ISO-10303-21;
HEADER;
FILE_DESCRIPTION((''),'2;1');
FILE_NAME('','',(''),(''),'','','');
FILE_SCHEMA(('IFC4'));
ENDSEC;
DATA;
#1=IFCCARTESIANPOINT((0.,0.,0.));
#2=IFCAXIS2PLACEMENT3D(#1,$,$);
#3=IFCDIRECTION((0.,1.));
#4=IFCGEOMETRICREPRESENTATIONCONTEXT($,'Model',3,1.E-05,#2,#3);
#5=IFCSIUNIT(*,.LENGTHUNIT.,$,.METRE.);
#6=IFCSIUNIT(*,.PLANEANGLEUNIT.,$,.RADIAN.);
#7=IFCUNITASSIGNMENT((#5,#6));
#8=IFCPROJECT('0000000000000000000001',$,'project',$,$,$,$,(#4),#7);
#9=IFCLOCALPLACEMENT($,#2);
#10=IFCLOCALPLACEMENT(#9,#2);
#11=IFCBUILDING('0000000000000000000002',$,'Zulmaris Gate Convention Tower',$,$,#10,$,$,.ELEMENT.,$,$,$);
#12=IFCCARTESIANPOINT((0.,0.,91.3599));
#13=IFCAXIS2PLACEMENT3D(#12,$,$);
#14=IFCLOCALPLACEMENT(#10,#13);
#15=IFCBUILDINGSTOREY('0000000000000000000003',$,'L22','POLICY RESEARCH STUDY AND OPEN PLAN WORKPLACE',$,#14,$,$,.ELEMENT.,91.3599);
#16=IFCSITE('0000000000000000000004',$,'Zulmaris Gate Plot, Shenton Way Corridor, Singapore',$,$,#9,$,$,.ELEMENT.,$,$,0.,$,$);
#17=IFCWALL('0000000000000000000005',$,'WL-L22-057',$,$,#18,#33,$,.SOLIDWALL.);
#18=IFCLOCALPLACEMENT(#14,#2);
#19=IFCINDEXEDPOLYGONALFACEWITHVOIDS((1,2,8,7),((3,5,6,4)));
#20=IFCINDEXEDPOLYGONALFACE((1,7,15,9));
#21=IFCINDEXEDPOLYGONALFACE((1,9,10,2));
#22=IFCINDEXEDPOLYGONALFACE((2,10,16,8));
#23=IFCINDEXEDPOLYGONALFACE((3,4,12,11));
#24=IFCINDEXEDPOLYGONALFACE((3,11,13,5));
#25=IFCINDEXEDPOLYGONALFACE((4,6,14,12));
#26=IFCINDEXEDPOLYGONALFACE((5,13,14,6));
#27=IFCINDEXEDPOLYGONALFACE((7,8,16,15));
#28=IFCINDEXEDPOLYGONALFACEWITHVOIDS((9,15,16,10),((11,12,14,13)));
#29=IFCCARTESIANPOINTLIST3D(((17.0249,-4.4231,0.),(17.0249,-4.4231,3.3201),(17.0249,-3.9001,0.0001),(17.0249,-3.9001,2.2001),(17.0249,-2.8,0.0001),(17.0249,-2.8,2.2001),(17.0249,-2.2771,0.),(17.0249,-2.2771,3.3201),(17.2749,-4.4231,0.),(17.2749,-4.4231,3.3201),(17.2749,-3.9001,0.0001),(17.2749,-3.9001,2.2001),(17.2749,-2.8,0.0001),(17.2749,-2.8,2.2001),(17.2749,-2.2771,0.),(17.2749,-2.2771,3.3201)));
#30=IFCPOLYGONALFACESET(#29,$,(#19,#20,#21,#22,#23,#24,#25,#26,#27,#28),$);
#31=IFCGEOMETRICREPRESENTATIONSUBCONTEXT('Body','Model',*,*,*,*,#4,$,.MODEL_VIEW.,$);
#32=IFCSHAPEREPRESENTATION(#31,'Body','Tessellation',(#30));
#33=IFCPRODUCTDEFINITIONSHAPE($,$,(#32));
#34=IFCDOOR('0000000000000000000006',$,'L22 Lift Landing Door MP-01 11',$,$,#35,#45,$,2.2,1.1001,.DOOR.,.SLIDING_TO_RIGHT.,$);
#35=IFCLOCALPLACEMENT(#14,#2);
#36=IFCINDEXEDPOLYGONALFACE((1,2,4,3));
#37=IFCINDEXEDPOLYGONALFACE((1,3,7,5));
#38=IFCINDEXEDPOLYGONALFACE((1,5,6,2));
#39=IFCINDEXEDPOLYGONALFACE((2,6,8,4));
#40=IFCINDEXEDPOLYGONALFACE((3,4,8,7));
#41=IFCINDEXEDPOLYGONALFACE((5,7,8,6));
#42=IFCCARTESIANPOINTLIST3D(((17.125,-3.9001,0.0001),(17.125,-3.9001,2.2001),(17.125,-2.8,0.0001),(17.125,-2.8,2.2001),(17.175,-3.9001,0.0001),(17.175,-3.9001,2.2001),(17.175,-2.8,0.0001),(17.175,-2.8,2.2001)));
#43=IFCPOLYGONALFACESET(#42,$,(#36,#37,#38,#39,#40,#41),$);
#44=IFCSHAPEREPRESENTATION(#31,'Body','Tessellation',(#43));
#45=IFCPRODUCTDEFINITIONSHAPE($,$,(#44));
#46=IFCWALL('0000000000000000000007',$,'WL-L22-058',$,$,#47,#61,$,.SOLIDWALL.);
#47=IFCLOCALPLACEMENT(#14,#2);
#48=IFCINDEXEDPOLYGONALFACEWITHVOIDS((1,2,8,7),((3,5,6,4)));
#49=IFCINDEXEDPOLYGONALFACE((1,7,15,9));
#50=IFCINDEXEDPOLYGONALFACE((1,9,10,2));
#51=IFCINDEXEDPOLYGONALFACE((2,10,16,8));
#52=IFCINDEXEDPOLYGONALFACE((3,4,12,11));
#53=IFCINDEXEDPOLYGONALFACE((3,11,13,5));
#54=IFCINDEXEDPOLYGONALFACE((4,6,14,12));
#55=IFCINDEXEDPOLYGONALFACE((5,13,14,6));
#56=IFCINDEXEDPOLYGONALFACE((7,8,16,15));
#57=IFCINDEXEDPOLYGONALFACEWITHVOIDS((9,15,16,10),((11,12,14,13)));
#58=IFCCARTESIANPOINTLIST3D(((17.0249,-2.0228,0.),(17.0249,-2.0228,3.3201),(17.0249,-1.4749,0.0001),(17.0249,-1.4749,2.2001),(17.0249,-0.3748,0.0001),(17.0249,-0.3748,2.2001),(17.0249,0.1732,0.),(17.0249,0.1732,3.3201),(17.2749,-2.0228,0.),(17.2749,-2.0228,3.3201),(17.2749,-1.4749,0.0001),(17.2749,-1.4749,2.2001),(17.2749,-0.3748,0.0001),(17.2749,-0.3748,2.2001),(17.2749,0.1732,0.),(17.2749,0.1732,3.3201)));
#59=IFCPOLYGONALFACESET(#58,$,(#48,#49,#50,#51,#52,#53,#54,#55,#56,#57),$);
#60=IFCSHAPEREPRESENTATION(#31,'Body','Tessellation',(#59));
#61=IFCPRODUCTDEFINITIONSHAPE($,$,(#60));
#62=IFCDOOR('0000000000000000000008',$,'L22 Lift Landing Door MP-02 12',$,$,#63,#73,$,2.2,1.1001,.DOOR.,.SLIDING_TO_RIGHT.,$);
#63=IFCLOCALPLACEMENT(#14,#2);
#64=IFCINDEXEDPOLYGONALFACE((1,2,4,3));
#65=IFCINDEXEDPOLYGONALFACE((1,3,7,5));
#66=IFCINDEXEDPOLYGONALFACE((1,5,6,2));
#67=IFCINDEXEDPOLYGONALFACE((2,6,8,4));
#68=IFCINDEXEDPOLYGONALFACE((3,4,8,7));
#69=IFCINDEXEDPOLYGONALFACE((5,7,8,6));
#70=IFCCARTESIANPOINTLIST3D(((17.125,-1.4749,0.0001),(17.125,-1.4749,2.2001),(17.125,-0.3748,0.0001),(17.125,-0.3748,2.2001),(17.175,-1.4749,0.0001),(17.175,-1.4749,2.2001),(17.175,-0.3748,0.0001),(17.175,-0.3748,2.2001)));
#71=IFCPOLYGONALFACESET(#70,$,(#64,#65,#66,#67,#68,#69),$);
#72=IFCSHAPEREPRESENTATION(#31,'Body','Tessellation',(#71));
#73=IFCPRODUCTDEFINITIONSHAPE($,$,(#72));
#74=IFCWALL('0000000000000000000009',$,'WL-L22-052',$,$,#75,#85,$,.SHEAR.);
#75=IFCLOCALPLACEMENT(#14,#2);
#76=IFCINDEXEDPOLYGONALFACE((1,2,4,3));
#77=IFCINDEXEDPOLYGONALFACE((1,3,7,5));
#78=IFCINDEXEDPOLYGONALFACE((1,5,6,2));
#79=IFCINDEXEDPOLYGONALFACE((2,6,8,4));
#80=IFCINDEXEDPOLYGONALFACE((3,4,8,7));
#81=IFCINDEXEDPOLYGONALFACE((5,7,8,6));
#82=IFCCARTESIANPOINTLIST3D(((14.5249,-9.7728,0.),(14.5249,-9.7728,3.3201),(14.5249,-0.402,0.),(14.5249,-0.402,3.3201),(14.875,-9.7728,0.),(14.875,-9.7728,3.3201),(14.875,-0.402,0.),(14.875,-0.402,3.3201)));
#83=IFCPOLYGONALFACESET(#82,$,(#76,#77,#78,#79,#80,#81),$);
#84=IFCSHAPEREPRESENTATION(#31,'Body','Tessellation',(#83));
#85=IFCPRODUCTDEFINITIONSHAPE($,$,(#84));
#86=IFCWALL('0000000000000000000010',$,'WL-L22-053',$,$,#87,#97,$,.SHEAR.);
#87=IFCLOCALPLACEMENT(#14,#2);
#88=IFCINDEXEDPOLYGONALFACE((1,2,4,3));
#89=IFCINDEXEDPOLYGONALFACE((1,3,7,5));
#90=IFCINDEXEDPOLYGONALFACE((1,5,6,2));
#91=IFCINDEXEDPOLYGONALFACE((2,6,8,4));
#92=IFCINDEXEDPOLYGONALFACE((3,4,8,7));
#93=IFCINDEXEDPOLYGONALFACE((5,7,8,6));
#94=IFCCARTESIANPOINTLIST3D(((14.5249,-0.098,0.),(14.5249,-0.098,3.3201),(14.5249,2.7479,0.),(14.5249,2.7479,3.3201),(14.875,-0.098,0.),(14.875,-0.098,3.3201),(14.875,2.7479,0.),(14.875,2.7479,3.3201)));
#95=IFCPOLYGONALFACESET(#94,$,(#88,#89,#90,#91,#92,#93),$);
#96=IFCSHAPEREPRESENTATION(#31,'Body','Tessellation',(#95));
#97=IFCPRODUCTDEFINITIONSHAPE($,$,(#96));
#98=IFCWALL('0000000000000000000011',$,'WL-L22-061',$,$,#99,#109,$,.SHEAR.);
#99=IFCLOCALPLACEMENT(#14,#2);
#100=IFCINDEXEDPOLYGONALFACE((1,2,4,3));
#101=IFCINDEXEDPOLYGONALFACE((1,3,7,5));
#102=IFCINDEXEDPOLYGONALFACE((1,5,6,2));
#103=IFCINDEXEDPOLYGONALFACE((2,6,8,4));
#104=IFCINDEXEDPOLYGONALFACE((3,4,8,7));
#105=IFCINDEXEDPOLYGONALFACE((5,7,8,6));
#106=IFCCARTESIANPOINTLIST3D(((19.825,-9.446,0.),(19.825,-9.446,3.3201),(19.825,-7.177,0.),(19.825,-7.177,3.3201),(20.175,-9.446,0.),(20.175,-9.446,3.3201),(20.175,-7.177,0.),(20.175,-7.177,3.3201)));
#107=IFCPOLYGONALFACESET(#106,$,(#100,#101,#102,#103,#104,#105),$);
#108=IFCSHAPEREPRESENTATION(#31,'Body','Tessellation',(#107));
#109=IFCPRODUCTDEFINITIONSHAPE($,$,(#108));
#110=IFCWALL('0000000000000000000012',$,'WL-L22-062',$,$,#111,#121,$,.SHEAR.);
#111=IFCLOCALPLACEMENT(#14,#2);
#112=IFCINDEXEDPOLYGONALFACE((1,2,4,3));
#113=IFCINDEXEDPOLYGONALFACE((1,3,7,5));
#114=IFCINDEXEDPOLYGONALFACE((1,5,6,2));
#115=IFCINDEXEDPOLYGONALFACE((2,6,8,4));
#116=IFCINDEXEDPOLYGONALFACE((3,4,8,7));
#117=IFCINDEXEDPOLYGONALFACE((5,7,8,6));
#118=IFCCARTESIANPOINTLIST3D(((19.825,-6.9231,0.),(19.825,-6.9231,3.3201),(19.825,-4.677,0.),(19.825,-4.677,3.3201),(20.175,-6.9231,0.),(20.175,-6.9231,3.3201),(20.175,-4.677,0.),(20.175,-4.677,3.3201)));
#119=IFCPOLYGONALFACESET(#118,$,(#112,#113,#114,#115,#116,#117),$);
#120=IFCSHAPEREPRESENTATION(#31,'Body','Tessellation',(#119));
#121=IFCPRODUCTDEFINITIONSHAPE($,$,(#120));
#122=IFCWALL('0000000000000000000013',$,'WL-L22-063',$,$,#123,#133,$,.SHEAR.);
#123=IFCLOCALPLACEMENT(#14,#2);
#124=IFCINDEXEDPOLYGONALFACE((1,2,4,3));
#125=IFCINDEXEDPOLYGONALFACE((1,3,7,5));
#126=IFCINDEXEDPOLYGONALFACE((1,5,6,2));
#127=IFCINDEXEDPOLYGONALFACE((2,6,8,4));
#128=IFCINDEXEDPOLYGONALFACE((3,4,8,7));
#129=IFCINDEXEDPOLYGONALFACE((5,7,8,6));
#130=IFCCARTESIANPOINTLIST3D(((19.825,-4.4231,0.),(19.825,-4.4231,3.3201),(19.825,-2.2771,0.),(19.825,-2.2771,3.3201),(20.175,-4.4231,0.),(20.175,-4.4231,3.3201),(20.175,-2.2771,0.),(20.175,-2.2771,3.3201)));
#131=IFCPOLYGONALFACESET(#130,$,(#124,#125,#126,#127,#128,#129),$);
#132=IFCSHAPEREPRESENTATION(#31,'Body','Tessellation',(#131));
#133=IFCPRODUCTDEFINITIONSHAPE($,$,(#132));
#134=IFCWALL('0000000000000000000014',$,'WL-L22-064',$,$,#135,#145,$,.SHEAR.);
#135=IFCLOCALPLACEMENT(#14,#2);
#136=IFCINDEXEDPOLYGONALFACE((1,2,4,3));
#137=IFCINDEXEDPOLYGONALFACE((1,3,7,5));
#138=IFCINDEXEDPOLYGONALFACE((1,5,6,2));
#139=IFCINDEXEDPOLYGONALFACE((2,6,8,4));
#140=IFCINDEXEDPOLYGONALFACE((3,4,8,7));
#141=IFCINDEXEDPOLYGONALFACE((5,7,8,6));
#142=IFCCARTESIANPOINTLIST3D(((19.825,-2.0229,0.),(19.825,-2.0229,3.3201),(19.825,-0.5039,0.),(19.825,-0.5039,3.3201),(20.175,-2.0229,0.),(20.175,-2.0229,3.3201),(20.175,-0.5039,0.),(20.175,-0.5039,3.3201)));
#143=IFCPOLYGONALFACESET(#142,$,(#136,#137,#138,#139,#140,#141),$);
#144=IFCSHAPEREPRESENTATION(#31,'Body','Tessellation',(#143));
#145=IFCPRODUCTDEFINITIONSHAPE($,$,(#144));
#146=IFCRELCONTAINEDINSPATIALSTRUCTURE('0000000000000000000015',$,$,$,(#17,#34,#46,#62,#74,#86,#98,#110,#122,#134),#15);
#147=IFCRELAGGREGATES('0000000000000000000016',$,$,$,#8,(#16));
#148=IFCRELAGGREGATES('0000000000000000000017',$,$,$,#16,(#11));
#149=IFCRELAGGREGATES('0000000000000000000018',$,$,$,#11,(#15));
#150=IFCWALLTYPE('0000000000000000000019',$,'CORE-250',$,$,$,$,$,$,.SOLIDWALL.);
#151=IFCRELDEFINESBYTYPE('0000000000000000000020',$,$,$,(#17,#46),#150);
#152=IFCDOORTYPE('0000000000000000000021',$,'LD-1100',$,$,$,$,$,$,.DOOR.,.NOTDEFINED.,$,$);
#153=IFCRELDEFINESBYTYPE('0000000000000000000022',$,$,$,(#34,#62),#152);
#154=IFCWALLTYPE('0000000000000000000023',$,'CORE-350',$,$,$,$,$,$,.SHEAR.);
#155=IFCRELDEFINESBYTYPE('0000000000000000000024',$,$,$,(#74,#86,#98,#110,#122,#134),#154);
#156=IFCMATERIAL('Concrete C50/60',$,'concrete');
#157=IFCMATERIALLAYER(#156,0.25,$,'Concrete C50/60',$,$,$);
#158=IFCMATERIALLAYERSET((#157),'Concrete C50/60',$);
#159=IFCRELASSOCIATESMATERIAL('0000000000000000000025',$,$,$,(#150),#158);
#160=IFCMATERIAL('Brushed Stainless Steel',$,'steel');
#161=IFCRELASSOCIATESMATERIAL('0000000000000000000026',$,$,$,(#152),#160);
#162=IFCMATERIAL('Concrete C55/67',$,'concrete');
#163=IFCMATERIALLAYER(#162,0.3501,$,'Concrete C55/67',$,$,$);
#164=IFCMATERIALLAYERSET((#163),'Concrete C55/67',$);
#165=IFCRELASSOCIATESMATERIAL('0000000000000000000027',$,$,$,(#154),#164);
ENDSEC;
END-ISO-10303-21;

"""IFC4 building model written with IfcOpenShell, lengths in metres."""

from ifc_helpers import new_model, si_unit, direction, frame, frame_2d, origin, place, context, subcontext, project, spatial, rectangle, extrude, material, layer, layer_set, type_object, element, fill, save


model = new_model("IFC4")

# Units and contexts
model_context = context("Model", 3, precision=1e-05, world=origin(), true_north=direction((0.0, 1.0)))
body_context = subcontext(model_context, "Body", "Model", "MODEL_VIEW")
ifc_project = project(units=[si_unit("LENGTHUNIT", "METRE"), si_unit("PLANEANGLEUNIT", "RADIAN")], contexts=[model_context])

# Site, building, storey
site_placement = place(None, origin())
site = spatial("IfcSite", under=ifc_project, at=site_placement, Name="Zulmaris Gate Plot, Shenton Way Corridor, Singapore", CompositionType="ELEMENT", RefElevation=0.0)
building_placement = place(site_placement, origin())
building = spatial("IfcBuilding", under=site, at=building_placement, Name="Zulmaris Gate Convention Tower", CompositionType="ELEMENT")
storey_placement = place(building_placement, frame((0.0, 0.0, 91.3599)))
storey = spatial("IfcBuildingStorey", under=building, at=storey_placement, Name="L22", Description="POLICY RESEARCH STUDY AND OPEN PLAN WORKPLACE", CompositionType="ELEMENT", Elevation=91.3599)

# Shared definitions
ifc_material_1 = material(Name="Concrete C50/60", Category="concrete")
ifc_layer_1 = layer(ifc_material_1, 0.25, Name="Concrete C50/60")
ifc_layer_set_1 = layer_set([ifc_layer_1], Name="Concrete C50/60")
wall_type_1 = type_object("IfcWallType", Name="CORE-250", PredefinedType="SOLIDWALL", material=ifc_layer_set_1)

# Walls, openings, doors
wall_1_placement = place(storey_placement, frame((17.1499, -4.4231, 0.0), z_axis=(0.0, 0.0, 1.0), x_axis=(0.0, 1.0, 0.0)))
wall_1 = element("IfcWall", 1, at=wall_1_placement, inside=storey, type_object=wall_type_1, Name="WL-L22-057", PredefinedType="SOLIDWALL", context=body_context, shape_type="SweptSolid", body=[
    extrude(rectangle(XDim=2.146, YDim=0.25, at=frame_2d((1.073, 0.0))), origin(), (0.0, 0.0, 1.0), 3.3201),
])
opening_1_placement = place(wall_1_placement, frame((0.5229, 0.0, 0.0)))
opening_1 = element("IfcOpeningElement", 2, at=opening_1_placement, cuts=wall_1, PredefinedType="OPENING", context=body_context, shape_type="SweptSolid", body=[
    extrude(rectangle(XDim=1.1001, YDim=2.2, at=frame_2d((0.55, 1.1001))), frame((0.0, 0.135, 0.0), z_axis=(0.0, -1.0, 0.0), x_axis=(1.0, 0.0, 0.0)), (0.0, 0.0, 1.0), 0.27),
])
ifc_material_2 = material(Name="Brushed Stainless Steel", Category="steel")
door_type = type_object("IfcDoorType", Name="LD-1100", OperationType="NOTDEFINED", PredefinedType="DOOR", material=ifc_material_2)
door_1_placement = place(opening_1_placement, origin())
door_1 = element("IfcDoor", 3, at=door_1_placement, inside=storey, type_object=door_type, Name="L22 Lift Landing Door MP-01 11", OperationType="SLIDING_TO_RIGHT", OverallHeight=2.2, OverallWidth=1.1001, PredefinedType="DOOR", context=body_context, shape_type="SweptSolid", body=[
    extrude(rectangle(XDim=1.1001, YDim=2.2, at=frame_2d((0.55, 1.1001))), frame((0.0, 0.0249, 0.0), z_axis=(0.0, -1.0, 0.0), x_axis=(1.0, 0.0, 0.0)), (0.0, 0.0, 1.0), 0.05),
])
fill(opening_1, door_1)
wall_2_placement = place(storey_placement, frame((17.1499, -2.0229, 0.0), z_axis=(0.0, 0.0, 1.0), x_axis=(0.0, 1.0, 0.0)))
wall_2 = element("IfcWall", 4, at=wall_2_placement, inside=storey, type_object=wall_type_1, Name="WL-L22-058", PredefinedType="SOLIDWALL", context=body_context, shape_type="SweptSolid", body=[
    extrude(rectangle(XDim=2.196, YDim=0.25, at=frame_2d((1.0981, 0.0))), origin(), (0.0, 0.0, 1.0), 3.3201),
])
opening_2_placement = place(wall_2_placement, frame((0.5481, 0.0, 0.0)))
opening_2 = element("IfcOpeningElement", 5, at=opening_2_placement, cuts=wall_2, PredefinedType="OPENING", context=body_context, shape_type="SweptSolid", body=[
    extrude(rectangle(XDim=1.1001, YDim=2.2, at=frame_2d((0.55, 1.1001))), frame((0.0, 0.135, 0.0), z_axis=(0.0, -1.0, 0.0), x_axis=(1.0, 0.0, 0.0)), (0.0, 0.0, 1.0), 0.27),
])
door_2_placement = place(opening_2_placement, origin())
door_2 = element("IfcDoor", 6, at=door_2_placement, inside=storey, type_object=door_type, Name="L22 Lift Landing Door MP-02 12", OperationType="SLIDING_TO_RIGHT", OverallHeight=2.2, OverallWidth=1.1001, PredefinedType="DOOR", context=body_context, shape_type="SweptSolid", body=[
    extrude(rectangle(XDim=1.1001, YDim=2.2, at=frame_2d((0.55, 1.1001))), frame((0.0, 0.0249, 0.0), z_axis=(0.0, -1.0, 0.0), x_axis=(1.0, 0.0, 0.0)), (0.0, 0.0, 1.0), 0.05),
])
fill(opening_2, door_2)

# Walls
ifc_material_3 = material(Name="Concrete C55/67", Category="concrete")
ifc_layer_2 = layer(ifc_material_3, 0.3501, Name="Concrete C55/67")
ifc_layer_set_2 = layer_set([ifc_layer_2], Name="Concrete C55/67")
wall_type_2 = type_object("IfcWallType", Name="CORE-350", PredefinedType="SHEAR", material=ifc_layer_set_2)
wall_3_placement = place(storey_placement, frame((14.7, -9.7729, 0.0), z_axis=(0.0, 0.0, 1.0), x_axis=(0.0, 1.0, 0.0)))
element("IfcWall", 7, at=wall_3_placement, inside=storey, type_object=wall_type_2, Name="WL-L22-052", PredefinedType="SHEAR", context=body_context, shape_type="SweptSolid", body=[
    extrude(rectangle(XDim=9.3708, YDim=0.3501, at=frame_2d((4.6855, 0.0))), origin(), (0.0, 0.0, 1.0), 3.3201),
])
wall_4_placement = place(storey_placement, frame((14.7, -0.0979, 0.0), z_axis=(0.0, 0.0, 1.0), x_axis=(0.0, 1.0, 0.0)))
element("IfcWall", 8, at=wall_4_placement, inside=storey, type_object=wall_type_2, Name="WL-L22-053", PredefinedType="SHEAR", context=body_context, shape_type="SweptSolid", body=[
    extrude(rectangle(XDim=2.8459, YDim=0.3501, at=frame_2d((1.4229, 0.0))), origin(), (0.0, 0.0, 1.0), 3.3201),
])
wall_5_placement = place(storey_placement, frame((20.0, -9.446, 0.0), z_axis=(0.0, 0.0, 1.0), x_axis=(0.0, 1.0, 0.0)))
element("IfcWall", 9, at=wall_5_placement, inside=storey, type_object=wall_type_2, Name="WL-L22-061", PredefinedType="SHEAR", context=body_context, shape_type="SweptSolid", body=[
    extrude(rectangle(XDim=2.269, YDim=0.3501, at=frame_2d((1.1345, 0.0))), origin(), (0.0, 0.0, 1.0), 3.3201),
])
wall_6_placement = place(storey_placement, frame((20.0, -6.9231, 0.0), z_axis=(0.0, 0.0, 1.0), x_axis=(0.0, 1.0, 0.0)))
element("IfcWall", 10, at=wall_6_placement, inside=storey, type_object=wall_type_2, Name="WL-L22-062", PredefinedType="SHEAR", context=body_context, shape_type="SweptSolid", body=[
    extrude(rectangle(XDim=2.2461, YDim=0.3501, at=frame_2d((1.123, 0.0))), origin(), (0.0, 0.0, 1.0), 3.3201),
])
wall_7_placement = place(storey_placement, frame((20.0, -4.4231, 0.0), z_axis=(0.0, 0.0, 1.0), x_axis=(0.0, 1.0, 0.0)))
element("IfcWall", 11, at=wall_7_placement, inside=storey, type_object=wall_type_2, Name="WL-L22-063", PredefinedType="SHEAR", context=body_context, shape_type="SweptSolid", body=[
    extrude(rectangle(XDim=2.146, YDim=0.3501, at=frame_2d((1.073, 0.0))), origin(), (0.0, 0.0, 1.0), 3.3201),
])
wall_8_placement = place(storey_placement, frame((20.0, -2.0229, 0.0), z_axis=(0.0, 0.0, 1.0), x_axis=(0.0, 1.0, 0.0)))
element("IfcWall", 12, at=wall_8_placement, inside=storey, type_object=wall_type_2, Name="WL-L22-064", PredefinedType="SHEAR", context=body_context, shape_type="SweptSolid", body=[
    extrude(rectangle(XDim=1.519, YDim=0.3501, at=frame_2d((0.7595, 0.0))), origin(), (0.0, 0.0, 1.0), 3.3201),
])

save(model, "model.ifc")
